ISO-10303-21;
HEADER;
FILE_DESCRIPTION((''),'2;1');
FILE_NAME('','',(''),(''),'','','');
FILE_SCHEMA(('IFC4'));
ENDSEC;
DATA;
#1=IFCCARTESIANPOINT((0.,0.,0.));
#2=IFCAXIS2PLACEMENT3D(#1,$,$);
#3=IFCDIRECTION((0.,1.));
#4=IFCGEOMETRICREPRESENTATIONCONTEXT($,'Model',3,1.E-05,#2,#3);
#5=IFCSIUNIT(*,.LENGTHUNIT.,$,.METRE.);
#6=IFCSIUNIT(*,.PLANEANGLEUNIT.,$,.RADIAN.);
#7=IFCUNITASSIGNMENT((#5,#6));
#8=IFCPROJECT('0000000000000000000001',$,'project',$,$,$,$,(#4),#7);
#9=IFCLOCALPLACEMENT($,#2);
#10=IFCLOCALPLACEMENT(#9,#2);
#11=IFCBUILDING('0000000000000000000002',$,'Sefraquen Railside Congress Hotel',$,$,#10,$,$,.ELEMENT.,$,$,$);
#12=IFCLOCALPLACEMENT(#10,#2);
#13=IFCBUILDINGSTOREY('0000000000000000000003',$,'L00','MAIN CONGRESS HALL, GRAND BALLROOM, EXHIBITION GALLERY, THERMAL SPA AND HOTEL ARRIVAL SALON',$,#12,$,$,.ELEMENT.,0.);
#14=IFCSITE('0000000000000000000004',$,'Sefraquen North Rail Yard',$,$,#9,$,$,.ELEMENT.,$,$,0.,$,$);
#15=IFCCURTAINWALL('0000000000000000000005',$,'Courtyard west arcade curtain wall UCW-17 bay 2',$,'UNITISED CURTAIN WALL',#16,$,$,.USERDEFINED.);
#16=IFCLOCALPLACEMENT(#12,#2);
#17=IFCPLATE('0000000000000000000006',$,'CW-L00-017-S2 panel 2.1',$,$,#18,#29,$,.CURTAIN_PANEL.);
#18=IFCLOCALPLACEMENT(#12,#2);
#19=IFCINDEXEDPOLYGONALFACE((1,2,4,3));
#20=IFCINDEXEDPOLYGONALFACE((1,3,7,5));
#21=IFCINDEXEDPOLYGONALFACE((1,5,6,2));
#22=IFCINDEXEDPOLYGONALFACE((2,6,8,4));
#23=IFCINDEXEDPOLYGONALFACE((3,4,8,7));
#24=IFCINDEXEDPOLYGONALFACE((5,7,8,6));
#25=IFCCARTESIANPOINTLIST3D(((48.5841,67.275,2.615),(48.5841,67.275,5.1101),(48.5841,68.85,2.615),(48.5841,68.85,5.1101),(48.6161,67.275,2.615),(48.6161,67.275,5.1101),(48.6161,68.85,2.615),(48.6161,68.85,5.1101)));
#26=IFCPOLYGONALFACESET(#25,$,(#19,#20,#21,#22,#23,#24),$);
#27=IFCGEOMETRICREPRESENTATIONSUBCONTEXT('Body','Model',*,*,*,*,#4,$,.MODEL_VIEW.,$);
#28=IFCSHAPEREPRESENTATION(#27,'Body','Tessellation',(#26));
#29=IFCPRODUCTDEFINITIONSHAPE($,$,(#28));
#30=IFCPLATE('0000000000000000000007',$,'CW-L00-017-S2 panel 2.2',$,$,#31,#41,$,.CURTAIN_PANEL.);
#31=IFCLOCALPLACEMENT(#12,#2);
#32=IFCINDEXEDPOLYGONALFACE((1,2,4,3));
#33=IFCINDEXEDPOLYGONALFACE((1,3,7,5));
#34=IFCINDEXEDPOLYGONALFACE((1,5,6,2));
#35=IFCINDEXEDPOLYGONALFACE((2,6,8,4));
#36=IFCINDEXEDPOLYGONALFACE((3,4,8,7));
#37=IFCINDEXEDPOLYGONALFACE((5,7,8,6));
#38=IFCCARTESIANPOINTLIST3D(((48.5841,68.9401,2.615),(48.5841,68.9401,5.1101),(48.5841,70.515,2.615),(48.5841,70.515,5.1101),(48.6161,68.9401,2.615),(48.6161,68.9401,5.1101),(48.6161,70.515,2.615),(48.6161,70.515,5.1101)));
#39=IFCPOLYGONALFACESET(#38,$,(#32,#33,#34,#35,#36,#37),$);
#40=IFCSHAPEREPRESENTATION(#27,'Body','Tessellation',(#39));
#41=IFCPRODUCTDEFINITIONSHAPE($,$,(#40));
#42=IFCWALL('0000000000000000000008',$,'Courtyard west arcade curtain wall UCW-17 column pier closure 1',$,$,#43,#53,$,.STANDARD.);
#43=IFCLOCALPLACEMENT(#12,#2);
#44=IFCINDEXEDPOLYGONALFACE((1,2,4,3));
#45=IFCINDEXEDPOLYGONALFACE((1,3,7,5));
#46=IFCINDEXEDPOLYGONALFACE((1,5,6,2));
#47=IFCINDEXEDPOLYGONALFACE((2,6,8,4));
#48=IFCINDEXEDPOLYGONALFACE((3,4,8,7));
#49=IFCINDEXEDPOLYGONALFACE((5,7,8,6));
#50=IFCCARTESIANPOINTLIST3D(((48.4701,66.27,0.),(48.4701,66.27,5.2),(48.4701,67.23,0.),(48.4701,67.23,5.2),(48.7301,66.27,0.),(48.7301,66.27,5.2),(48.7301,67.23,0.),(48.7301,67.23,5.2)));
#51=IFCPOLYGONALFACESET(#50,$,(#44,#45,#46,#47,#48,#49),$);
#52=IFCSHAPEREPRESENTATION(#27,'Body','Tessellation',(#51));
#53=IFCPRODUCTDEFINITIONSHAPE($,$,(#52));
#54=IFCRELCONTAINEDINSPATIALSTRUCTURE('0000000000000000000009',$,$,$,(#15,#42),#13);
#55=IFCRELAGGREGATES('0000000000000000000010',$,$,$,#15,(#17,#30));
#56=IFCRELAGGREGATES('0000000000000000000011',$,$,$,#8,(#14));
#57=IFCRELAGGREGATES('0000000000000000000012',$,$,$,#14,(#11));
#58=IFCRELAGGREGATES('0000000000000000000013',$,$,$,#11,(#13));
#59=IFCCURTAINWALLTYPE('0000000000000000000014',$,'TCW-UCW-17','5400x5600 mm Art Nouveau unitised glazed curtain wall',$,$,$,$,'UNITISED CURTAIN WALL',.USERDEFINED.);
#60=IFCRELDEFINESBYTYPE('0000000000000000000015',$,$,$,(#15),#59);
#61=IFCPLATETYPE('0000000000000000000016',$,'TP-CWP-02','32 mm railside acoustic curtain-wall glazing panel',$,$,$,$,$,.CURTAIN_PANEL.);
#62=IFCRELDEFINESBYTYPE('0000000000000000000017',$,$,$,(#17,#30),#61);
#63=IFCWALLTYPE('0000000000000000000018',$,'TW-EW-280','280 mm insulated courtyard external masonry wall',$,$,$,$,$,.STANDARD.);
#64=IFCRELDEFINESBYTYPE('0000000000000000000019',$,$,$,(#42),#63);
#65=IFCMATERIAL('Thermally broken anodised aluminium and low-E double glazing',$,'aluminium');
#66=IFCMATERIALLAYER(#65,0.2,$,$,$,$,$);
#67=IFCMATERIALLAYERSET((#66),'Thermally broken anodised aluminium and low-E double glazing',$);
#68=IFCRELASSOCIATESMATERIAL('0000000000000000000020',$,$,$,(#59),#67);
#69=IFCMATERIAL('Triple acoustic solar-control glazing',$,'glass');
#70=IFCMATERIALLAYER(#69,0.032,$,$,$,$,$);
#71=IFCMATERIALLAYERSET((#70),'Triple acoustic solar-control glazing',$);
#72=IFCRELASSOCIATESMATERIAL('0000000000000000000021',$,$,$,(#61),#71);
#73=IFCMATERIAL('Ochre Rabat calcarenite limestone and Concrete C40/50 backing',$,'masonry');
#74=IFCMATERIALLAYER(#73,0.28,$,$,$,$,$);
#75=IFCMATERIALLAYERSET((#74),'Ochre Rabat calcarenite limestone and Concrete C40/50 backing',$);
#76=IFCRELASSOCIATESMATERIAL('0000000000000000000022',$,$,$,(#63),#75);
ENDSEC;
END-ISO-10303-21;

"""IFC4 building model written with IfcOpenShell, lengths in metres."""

from ifc_helpers import new_model, si_unit, direction, frame, frame_2d, origin, origin_2d, place, context, subcontext, project, spatial, rectangle, extrude, material, layer, layer_set, type_object, element, aggregate, save


model = new_model("IFC4")

# Units and contexts
model_context = context("Model", 3, precision=1e-05, world=origin(), true_north=direction((0.0, 1.0)))
body_context = subcontext(model_context, "Body", "Model", "MODEL_VIEW")
ifc_project = project(units=[si_unit("LENGTHUNIT", "METRE"), si_unit("PLANEANGLEUNIT", "RADIAN")], contexts=[model_context])

# Site, building, storey
site_placement = place(None, origin())
site = spatial("IfcSite", under=ifc_project, at=site_placement, Name="Sefraquen North Rail Yard", CompositionType="ELEMENT", RefElevation=0.0)
building_placement = place(site_placement, origin())
building = spatial("IfcBuilding", under=site, at=building_placement, Name="Sefraquen Railside Congress Hotel", CompositionType="ELEMENT")
storey_placement = place(building_placement, origin())
storey = spatial("IfcBuildingStorey", under=building, at=storey_placement, Name="L00", Description="MAIN CONGRESS HALL, GRAND BALLROOM, EXHIBITION GALLERY, THERMAL SPA AND HOTEL ARRIVAL SALON", CompositionType="ELEMENT", Elevation=0.0)

# Curtain wall
ifc_material_1 = material(Name="Thermally broken anodised aluminium and low-E double glazing", Category="aluminium")
ifc_layer_1 = layer(ifc_material_1, 0.2)
ifc_layer_set_1 = layer_set([ifc_layer_1], Name="Thermally broken anodised aluminium and low-E double glazing")
curtain_wall_type = type_object("IfcCurtainWallType", Name="TCW-UCW-17", Description="5400x5600 mm Art Nouveau unitised glazed curtain wall", ElementType="UNITISED CURTAIN WALL", PredefinedType="USERDEFINED", material=ifc_layer_set_1)
curtain_wall_1_placement = place(storey_placement, origin())
curtain_wall_1 = element("IfcCurtainWall", 1, at=curtain_wall_1_placement, inside=storey, type_object=curtain_wall_type, Name="Courtyard west arcade curtain wall UCW-17 bay 2", ObjectType="UNITISED CURTAIN WALL", PredefinedType="USERDEFINED")

# Plates
ifc_material_2 = material(Name="Triple acoustic solar-control glazing", Category="glass")
ifc_layer_2 = layer(ifc_material_2, 0.032)
ifc_layer_set_2 = layer_set([ifc_layer_2], Name="Triple acoustic solar-control glazing")
plate_type_1 = type_object("IfcPlateType", Name="TP-CWP-02", Description="32 mm railside acoustic curtain-wall glazing panel", PredefinedType="CURTAIN_PANEL", material=ifc_layer_set_2)
plate_1_placement = place(storey_placement, frame((48.6001, 68.0625, 2.615), z_axis=(0.0, 0.0, 1.0), x_axis=(0.0, 1.0, 0.0)))
plate_1 = element("IfcPlate", 2, at=plate_1_placement, type_object=plate_type_1, Name="CW-L00-017-S2 panel 2.1", PredefinedType="CURTAIN_PANEL", context=body_context, shape_type="SweptSolid", body=[
    extrude(rectangle(XDim=1.575, YDim=0.032, at=origin_2d()), origin(), (0.0, 0.0, 1.0), 2.4951),
])
plate_2_placement = place(storey_placement, frame((48.6001, 69.7275, 2.615), z_axis=(0.0, 0.0, 1.0), x_axis=(0.0, 1.0, 0.0)))
plate_2 = element("IfcPlate", 3, at=plate_2_placement, type_object=plate_type_1, Name="CW-L00-017-S2 panel 2.2", PredefinedType="CURTAIN_PANEL", context=body_context, shape_type="SweptSolid", body=[
    extrude(rectangle(XDim=1.575, YDim=0.032, at=origin_2d()), origin(), (0.0, 0.0, 1.0), 2.4951),
])
aggregate(curtain_wall_1, [plate_1, plate_2])

# Wall
ifc_material_3 = material(Name="Ochre Rabat calcarenite limestone and Concrete C40/50 backing", Category="masonry")
ifc_layer_3 = layer(ifc_material_3, 0.28)
ifc_layer_set_3 = layer_set([ifc_layer_3], Name="Ochre Rabat calcarenite limestone and Concrete C40/50 backing")
wall_type = type_object("IfcWallType", Name="TW-EW-280", Description="280 mm insulated courtyard external masonry wall", PredefinedType="STANDARD", material=ifc_layer_set_3)
wall_placement = place(storey_placement, frame((48.6001, 66.27, 0.0), z_axis=(0.0, 0.0, 1.0), x_axis=(0.0, 1.0, 0.0)))
element("IfcWall", 4, at=wall_placement, inside=storey, type_object=wall_type, Name="Courtyard west arcade curtain wall UCW-17 column pier closure 1", PredefinedType="STANDARD", context=body_context, shape_type="SweptSolid", body=[
    extrude(rectangle(XDim=0.96, YDim=0.26, at=frame_2d((0.48, 0.0))), origin(), (0.0, 0.0, 1.0), 5.2),
])

save(model, "model.ifc")
